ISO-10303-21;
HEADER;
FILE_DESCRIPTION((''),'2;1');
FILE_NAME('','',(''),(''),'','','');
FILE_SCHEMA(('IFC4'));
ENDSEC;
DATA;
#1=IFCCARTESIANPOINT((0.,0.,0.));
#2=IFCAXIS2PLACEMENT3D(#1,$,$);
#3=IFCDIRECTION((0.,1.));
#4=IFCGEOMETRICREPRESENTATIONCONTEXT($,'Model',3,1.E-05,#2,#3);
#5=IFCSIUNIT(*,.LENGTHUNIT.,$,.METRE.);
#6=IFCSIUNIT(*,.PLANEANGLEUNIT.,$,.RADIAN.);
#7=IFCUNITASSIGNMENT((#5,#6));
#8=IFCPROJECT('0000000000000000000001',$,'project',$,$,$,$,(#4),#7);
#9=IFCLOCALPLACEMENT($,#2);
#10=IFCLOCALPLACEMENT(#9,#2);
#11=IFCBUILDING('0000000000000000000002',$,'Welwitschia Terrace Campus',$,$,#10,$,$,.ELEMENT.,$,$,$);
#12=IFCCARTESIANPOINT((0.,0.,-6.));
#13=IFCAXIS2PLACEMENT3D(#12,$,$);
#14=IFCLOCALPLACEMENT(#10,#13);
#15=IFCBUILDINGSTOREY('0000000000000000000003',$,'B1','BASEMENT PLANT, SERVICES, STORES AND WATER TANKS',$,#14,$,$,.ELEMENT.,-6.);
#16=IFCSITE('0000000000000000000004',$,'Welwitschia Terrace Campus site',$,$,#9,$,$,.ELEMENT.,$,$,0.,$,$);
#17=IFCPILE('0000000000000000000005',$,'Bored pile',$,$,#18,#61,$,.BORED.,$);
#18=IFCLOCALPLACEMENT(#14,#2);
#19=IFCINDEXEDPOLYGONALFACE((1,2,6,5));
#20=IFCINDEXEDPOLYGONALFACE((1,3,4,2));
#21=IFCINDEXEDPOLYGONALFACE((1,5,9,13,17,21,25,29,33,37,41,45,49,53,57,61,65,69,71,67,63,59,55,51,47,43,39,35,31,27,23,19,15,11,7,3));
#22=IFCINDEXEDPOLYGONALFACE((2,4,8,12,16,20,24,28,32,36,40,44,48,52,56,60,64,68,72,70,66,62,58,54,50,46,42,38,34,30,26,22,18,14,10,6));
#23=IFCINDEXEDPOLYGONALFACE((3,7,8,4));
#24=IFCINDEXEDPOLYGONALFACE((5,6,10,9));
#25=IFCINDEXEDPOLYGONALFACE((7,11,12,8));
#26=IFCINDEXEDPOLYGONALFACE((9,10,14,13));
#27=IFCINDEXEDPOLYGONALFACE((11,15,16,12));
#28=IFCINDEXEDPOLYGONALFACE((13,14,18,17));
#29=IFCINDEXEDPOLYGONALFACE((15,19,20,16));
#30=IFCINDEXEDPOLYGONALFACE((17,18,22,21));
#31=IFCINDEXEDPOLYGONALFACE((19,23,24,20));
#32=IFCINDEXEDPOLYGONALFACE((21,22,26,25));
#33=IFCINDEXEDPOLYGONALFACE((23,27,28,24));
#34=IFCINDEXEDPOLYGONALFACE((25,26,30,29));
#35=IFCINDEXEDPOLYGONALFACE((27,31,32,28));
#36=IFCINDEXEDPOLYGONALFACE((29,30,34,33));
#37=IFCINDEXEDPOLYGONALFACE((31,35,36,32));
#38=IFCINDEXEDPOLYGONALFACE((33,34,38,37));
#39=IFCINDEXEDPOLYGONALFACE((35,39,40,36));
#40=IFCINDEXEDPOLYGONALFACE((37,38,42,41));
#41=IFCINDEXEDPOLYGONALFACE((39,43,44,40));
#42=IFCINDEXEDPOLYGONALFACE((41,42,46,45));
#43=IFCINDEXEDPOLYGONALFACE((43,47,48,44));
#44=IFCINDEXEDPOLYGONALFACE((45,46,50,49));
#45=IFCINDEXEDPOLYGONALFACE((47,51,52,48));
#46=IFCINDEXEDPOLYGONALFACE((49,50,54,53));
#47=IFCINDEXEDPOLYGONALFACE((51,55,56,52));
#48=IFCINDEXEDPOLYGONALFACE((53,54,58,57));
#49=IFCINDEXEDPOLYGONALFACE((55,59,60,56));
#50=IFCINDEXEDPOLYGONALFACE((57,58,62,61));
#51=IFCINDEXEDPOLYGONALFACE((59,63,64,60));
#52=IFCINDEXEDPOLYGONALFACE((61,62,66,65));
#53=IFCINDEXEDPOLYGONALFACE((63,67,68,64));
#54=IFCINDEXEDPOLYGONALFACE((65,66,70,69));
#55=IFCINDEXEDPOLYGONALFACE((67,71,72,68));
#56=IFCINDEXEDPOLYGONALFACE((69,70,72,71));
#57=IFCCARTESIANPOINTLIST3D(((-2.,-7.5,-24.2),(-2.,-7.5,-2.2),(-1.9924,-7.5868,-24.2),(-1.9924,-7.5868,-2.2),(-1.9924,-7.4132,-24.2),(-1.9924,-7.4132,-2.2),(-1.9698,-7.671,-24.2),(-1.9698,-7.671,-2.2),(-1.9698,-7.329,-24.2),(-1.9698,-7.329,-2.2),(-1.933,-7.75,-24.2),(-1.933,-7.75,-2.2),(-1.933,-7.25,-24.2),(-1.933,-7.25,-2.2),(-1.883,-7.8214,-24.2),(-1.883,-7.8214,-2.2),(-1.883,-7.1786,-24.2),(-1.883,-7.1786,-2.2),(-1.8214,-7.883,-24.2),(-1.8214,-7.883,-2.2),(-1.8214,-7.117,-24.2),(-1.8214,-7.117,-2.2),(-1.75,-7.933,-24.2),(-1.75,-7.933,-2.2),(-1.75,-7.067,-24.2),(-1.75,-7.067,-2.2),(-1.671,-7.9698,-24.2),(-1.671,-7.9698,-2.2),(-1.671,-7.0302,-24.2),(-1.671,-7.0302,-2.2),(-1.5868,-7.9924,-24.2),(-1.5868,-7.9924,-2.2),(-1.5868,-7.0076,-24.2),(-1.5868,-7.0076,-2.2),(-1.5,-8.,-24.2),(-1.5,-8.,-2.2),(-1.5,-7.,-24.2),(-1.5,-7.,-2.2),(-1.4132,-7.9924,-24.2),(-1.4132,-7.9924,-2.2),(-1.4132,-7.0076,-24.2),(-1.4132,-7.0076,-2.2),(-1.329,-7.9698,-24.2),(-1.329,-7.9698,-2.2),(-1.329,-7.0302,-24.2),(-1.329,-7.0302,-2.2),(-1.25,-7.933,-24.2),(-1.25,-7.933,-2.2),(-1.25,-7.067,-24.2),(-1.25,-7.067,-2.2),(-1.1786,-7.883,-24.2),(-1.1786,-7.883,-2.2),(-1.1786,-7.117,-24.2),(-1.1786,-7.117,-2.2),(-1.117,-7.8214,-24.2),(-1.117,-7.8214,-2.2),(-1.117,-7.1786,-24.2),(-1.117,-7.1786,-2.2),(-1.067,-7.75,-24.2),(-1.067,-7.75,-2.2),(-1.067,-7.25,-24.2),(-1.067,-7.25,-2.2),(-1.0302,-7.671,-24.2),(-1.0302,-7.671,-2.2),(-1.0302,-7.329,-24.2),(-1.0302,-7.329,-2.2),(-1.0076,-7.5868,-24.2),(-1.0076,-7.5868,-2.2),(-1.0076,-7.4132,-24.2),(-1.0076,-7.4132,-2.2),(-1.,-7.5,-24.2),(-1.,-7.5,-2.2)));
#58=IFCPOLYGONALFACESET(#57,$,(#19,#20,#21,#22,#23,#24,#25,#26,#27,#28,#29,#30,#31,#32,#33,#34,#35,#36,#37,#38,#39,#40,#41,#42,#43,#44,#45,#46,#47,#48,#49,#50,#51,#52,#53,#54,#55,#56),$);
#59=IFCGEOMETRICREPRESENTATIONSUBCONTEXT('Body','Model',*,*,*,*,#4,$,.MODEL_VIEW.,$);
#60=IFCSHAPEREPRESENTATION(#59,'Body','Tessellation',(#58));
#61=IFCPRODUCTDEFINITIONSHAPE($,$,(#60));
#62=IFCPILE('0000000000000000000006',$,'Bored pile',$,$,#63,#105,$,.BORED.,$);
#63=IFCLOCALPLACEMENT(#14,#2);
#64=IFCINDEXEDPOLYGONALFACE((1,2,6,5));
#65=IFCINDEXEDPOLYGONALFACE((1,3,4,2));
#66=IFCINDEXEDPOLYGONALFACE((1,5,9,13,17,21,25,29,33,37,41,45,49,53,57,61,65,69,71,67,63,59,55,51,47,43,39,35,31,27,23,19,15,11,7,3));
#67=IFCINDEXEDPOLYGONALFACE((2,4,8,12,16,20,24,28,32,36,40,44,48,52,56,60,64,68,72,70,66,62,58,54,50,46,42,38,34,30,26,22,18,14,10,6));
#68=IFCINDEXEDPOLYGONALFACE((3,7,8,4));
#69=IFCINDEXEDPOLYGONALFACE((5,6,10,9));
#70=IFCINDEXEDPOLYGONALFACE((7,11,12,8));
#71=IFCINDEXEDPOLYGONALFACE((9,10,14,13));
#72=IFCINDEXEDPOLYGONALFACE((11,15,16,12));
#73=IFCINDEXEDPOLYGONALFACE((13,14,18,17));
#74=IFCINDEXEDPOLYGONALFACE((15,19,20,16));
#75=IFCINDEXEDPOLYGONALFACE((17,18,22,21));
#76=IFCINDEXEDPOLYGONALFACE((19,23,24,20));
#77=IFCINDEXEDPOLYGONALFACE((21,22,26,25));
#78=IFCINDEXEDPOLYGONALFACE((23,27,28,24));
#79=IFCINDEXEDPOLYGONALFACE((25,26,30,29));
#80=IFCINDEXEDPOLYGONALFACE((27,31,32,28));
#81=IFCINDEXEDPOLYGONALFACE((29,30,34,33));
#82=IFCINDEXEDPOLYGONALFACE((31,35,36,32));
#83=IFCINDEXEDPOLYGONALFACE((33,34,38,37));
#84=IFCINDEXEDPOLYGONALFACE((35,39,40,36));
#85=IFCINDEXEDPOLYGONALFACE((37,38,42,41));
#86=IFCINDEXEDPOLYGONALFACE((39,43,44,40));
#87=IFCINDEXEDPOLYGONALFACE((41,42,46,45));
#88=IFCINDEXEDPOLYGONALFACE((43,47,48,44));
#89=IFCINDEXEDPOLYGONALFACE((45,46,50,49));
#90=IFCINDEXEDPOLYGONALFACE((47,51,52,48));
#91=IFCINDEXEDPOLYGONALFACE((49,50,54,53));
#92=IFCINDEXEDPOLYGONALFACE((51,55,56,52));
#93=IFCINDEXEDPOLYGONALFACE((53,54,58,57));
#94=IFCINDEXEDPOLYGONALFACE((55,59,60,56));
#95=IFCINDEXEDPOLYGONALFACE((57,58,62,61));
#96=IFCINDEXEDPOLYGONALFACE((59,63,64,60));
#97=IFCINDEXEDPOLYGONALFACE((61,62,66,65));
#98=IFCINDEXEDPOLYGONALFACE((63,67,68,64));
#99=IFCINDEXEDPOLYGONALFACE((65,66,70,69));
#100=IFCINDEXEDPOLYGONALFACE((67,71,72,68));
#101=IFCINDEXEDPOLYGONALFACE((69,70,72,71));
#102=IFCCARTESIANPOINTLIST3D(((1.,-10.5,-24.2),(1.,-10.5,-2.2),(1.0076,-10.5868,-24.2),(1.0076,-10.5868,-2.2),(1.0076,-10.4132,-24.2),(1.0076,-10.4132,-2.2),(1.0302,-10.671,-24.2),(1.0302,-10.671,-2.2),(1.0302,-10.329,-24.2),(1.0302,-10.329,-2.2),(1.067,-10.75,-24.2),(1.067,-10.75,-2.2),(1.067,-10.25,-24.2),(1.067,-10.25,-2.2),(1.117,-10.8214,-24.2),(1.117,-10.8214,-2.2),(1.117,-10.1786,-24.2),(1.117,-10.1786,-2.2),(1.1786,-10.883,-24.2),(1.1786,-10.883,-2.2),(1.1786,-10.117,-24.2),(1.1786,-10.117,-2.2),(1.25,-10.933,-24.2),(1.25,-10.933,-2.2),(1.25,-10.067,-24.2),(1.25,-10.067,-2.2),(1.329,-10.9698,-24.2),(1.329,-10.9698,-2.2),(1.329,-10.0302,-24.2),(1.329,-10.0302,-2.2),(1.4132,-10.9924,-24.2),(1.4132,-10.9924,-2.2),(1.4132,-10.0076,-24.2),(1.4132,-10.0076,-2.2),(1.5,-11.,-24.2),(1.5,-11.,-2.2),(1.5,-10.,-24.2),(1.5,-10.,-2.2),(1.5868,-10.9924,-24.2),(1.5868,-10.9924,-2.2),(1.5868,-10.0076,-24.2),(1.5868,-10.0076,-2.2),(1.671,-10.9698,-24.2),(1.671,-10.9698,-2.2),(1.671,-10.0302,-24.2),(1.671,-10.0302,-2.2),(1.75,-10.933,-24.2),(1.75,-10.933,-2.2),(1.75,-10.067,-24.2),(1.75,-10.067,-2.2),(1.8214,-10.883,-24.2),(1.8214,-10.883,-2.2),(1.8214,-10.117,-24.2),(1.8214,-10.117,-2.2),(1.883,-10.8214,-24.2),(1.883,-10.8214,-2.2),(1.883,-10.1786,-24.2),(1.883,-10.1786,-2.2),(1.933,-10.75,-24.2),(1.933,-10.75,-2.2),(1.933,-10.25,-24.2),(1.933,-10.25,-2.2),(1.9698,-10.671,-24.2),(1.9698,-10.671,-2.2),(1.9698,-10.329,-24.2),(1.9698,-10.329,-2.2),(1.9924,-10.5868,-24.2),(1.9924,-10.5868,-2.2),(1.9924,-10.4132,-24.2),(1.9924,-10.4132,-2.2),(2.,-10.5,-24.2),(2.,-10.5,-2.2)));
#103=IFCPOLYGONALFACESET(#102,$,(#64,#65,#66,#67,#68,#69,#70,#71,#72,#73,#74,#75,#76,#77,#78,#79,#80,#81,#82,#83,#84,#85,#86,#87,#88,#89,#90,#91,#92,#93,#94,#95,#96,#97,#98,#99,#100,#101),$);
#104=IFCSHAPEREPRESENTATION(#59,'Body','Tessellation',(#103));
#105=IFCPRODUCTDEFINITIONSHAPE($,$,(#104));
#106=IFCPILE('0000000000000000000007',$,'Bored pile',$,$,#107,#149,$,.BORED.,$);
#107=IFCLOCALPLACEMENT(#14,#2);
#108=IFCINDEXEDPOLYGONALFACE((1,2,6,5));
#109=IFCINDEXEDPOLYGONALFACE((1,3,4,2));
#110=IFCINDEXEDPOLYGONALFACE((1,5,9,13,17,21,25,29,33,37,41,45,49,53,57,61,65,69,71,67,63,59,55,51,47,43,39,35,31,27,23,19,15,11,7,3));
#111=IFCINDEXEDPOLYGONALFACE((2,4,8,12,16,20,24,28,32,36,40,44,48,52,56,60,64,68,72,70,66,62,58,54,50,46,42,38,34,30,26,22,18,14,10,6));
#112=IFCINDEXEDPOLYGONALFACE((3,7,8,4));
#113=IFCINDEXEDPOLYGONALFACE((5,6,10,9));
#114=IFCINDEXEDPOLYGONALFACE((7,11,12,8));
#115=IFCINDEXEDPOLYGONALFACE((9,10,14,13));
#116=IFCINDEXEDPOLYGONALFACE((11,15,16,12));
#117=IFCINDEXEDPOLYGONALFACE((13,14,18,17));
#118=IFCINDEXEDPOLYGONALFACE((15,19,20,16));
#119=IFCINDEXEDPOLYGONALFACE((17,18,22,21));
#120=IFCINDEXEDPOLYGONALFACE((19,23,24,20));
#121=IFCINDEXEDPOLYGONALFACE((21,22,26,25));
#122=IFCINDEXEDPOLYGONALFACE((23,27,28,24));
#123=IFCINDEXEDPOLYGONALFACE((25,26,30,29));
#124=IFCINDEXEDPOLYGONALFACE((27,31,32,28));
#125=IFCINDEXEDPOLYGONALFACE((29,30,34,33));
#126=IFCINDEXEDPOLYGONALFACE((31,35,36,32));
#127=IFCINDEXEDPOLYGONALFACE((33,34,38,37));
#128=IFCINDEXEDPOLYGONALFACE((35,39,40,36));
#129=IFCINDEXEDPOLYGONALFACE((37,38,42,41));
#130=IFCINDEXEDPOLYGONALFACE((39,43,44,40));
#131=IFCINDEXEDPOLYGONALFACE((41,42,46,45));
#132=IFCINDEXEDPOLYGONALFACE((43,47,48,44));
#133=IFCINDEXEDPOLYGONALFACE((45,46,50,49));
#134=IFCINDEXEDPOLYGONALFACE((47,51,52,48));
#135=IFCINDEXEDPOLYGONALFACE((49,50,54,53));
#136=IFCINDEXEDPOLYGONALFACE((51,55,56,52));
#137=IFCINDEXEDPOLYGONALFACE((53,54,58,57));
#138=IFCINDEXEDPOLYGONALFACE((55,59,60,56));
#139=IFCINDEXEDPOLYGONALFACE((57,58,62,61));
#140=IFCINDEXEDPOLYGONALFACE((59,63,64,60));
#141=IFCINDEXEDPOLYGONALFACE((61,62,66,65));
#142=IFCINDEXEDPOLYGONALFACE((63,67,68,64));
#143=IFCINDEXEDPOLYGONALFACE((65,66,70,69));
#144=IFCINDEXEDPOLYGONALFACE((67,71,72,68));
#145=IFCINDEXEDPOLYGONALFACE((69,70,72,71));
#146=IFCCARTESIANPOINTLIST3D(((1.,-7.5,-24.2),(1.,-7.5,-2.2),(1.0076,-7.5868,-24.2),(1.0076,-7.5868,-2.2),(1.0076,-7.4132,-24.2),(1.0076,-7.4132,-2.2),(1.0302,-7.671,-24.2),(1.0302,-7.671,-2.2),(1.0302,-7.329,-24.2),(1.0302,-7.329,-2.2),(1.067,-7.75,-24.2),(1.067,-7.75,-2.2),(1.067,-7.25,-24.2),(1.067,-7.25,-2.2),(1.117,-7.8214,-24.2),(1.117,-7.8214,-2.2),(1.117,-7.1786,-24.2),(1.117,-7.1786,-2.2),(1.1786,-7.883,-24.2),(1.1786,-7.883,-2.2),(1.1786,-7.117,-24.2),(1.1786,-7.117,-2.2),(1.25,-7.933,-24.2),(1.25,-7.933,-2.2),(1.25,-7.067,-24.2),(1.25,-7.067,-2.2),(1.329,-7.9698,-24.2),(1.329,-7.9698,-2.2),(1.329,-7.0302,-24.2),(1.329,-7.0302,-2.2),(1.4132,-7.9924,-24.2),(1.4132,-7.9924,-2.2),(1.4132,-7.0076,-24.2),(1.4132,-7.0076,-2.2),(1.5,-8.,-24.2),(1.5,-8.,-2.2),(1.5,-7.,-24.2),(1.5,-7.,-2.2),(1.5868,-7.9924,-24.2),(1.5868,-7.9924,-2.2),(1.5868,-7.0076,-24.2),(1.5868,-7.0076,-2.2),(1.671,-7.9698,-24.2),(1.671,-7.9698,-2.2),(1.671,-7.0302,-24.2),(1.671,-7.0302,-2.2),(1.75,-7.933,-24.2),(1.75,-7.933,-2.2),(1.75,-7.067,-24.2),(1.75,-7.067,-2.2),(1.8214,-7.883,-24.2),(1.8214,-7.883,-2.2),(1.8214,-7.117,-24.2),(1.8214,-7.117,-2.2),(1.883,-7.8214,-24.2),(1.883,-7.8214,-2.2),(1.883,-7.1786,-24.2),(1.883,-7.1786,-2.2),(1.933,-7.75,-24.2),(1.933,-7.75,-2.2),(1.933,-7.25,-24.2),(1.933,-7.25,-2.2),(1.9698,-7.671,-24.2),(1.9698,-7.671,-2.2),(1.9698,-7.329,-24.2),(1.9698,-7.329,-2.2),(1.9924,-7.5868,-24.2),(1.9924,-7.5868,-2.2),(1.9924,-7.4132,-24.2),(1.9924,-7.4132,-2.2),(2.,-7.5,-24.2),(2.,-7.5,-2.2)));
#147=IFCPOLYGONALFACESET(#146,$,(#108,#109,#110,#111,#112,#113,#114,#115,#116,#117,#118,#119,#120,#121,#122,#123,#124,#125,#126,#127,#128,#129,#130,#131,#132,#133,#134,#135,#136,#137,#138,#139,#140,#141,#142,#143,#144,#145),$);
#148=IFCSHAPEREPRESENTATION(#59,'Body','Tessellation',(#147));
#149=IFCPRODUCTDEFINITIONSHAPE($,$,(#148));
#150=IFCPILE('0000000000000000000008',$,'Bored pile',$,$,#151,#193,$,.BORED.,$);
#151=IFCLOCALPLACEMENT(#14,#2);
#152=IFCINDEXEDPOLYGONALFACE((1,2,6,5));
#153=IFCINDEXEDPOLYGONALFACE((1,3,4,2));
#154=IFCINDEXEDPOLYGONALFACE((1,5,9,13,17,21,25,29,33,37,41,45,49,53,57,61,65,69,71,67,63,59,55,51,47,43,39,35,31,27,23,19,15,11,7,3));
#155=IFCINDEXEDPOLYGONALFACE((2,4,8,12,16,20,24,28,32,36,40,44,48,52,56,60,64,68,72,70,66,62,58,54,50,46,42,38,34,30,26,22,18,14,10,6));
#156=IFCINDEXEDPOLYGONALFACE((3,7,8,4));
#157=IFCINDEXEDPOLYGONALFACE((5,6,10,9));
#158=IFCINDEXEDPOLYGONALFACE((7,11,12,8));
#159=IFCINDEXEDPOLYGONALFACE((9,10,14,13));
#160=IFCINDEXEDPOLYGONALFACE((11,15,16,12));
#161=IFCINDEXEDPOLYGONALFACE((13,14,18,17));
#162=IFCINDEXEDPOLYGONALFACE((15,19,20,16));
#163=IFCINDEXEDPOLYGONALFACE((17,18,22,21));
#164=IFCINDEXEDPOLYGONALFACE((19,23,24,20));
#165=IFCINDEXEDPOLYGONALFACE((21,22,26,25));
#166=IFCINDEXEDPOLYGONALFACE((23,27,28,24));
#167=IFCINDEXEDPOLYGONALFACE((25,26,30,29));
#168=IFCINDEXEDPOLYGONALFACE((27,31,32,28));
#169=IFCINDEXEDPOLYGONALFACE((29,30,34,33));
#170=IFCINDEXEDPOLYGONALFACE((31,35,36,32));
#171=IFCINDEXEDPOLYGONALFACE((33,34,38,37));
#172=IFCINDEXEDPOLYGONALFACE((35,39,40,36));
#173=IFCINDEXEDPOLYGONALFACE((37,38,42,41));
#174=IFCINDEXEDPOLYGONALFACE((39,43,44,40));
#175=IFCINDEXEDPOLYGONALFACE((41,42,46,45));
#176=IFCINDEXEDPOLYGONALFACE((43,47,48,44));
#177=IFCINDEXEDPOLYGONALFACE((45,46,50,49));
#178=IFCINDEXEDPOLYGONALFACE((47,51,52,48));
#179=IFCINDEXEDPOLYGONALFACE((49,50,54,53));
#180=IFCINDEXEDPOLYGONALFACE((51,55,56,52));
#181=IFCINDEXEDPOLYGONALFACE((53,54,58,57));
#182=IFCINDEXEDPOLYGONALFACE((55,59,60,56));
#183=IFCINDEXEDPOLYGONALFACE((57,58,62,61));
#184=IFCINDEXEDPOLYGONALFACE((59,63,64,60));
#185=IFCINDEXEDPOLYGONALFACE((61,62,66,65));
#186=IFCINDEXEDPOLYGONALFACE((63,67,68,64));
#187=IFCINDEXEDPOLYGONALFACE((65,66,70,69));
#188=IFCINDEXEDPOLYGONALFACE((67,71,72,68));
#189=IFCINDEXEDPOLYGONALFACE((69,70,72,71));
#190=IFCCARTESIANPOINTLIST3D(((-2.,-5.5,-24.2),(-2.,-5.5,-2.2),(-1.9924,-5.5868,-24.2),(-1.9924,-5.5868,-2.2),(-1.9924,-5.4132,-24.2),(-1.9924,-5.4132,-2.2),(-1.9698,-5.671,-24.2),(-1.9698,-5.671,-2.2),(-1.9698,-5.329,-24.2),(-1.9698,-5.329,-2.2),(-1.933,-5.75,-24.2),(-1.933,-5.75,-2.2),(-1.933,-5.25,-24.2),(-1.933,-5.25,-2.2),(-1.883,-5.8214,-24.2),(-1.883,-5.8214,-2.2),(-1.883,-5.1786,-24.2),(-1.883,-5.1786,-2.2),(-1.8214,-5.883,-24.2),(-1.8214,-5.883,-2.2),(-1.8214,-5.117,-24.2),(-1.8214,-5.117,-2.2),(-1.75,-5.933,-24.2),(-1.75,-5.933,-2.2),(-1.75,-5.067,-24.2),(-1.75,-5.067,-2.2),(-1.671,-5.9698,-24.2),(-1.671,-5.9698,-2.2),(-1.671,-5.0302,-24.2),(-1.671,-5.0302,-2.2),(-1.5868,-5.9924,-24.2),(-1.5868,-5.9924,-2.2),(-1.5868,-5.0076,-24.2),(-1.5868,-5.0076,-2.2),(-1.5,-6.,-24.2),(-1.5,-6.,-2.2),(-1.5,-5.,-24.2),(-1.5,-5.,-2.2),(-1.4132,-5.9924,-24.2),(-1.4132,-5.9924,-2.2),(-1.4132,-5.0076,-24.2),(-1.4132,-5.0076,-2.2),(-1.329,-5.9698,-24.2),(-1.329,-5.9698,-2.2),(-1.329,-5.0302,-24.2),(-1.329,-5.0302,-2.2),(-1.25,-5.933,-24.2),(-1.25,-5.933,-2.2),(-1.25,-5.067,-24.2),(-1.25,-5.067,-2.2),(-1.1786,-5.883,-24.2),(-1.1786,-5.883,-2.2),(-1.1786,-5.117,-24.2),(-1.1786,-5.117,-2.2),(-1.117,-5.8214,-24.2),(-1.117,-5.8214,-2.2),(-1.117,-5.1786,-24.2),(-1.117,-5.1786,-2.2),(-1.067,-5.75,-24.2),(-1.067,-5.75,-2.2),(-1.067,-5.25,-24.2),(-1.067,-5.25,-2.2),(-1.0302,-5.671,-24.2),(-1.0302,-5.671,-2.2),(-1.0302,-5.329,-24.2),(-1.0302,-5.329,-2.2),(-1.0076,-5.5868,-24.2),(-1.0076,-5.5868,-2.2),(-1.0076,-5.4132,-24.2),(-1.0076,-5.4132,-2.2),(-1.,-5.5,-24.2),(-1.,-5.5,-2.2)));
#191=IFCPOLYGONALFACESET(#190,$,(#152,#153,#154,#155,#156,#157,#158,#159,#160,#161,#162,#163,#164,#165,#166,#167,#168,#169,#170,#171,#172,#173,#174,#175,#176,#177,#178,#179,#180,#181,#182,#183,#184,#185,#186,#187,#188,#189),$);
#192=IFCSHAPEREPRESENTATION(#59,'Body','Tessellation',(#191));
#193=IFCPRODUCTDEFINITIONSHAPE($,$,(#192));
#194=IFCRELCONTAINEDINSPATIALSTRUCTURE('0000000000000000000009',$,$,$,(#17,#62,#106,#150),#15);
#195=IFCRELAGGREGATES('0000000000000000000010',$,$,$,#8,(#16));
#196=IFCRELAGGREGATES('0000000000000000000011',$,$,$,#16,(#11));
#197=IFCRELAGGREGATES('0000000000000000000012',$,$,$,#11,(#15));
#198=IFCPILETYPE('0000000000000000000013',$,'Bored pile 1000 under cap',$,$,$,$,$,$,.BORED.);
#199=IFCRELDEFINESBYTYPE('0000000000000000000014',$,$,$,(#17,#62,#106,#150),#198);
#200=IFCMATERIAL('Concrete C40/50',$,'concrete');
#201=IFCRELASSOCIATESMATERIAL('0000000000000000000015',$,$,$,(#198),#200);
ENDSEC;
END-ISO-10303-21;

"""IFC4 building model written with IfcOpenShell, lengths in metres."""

from ifc_helpers import new_model, si_unit, direction, frame, origin, origin_2d, place, context, subcontext, project, spatial, circle, extrude, material, type_object, element, save


model = new_model("IFC4")

# Units and contexts
model_context = context("Model", 3, precision=1e-05, world=origin(), true_north=direction((0.0, 1.0)))
body_context = subcontext(model_context, "Body", "Model", "MODEL_VIEW")
ifc_project = project(units=[si_unit("LENGTHUNIT", "METRE"), si_unit("PLANEANGLEUNIT", "RADIAN")], contexts=[model_context])

# Site, building, storey
site_placement = place(None, origin())
site = spatial("IfcSite", under=ifc_project, at=site_placement, Name="Welwitschia Terrace Campus site", CompositionType="ELEMENT", RefElevation=0.0)
building_placement = place(site_placement, origin())
building = spatial("IfcBuilding", under=site, at=building_placement, Name="Welwitschia Terrace Campus", CompositionType="ELEMENT")
storey_placement = place(building_placement, frame((0.0, 0.0, -6.0)))
storey = spatial("IfcBuildingStorey", under=building, at=storey_placement, Name="B1", Description="BASEMENT PLANT, SERVICES, STORES AND WATER TANKS", CompositionType="ELEMENT", Elevation=-6.0)

# Piles
ifc_material_1 = material(Name="Concrete C40/50", Category="concrete")
pile_type_1 = type_object("IfcPileType", Name="Bored pile 1000 under cap", PredefinedType="BORED", material=ifc_material_1)
for number, where, z_axis, x_axis, name in (
    (1, (-1.5, -7.5, -2.2), (0.0, 0.0, -1.0), (1.0, 0.0, 0.0), "Bored pile"),
    (2, (1.5, -10.5, -2.2), (0.0, 0.0, -1.0), (1.0, 0.0, 0.0), "Bored pile"),
    (3, (1.5, -7.5, -2.2), (0.0, 0.0, -1.0), (1.0, 0.0, 0.0), "Bored pile"),
    (4, (-1.5, -5.5, -2.2), (0.0, 0.0, -1.0), (1.0, 0.0, 0.0), "Bored pile"),
):
    element("IfcPile", number, at=place(storey_placement, frame(where, z_axis=z_axis, x_axis=x_axis)), inside=storey, type_object=pile_type_1, Name=name, PredefinedType="BORED", context=body_context, shape_type="SweptSolid", body=[
        extrude(circle(Radius=0.5, at=origin_2d()), origin(), (0.0, 0.0, 1.0), 22.0),
    ])

save(model, "model.ifc")
